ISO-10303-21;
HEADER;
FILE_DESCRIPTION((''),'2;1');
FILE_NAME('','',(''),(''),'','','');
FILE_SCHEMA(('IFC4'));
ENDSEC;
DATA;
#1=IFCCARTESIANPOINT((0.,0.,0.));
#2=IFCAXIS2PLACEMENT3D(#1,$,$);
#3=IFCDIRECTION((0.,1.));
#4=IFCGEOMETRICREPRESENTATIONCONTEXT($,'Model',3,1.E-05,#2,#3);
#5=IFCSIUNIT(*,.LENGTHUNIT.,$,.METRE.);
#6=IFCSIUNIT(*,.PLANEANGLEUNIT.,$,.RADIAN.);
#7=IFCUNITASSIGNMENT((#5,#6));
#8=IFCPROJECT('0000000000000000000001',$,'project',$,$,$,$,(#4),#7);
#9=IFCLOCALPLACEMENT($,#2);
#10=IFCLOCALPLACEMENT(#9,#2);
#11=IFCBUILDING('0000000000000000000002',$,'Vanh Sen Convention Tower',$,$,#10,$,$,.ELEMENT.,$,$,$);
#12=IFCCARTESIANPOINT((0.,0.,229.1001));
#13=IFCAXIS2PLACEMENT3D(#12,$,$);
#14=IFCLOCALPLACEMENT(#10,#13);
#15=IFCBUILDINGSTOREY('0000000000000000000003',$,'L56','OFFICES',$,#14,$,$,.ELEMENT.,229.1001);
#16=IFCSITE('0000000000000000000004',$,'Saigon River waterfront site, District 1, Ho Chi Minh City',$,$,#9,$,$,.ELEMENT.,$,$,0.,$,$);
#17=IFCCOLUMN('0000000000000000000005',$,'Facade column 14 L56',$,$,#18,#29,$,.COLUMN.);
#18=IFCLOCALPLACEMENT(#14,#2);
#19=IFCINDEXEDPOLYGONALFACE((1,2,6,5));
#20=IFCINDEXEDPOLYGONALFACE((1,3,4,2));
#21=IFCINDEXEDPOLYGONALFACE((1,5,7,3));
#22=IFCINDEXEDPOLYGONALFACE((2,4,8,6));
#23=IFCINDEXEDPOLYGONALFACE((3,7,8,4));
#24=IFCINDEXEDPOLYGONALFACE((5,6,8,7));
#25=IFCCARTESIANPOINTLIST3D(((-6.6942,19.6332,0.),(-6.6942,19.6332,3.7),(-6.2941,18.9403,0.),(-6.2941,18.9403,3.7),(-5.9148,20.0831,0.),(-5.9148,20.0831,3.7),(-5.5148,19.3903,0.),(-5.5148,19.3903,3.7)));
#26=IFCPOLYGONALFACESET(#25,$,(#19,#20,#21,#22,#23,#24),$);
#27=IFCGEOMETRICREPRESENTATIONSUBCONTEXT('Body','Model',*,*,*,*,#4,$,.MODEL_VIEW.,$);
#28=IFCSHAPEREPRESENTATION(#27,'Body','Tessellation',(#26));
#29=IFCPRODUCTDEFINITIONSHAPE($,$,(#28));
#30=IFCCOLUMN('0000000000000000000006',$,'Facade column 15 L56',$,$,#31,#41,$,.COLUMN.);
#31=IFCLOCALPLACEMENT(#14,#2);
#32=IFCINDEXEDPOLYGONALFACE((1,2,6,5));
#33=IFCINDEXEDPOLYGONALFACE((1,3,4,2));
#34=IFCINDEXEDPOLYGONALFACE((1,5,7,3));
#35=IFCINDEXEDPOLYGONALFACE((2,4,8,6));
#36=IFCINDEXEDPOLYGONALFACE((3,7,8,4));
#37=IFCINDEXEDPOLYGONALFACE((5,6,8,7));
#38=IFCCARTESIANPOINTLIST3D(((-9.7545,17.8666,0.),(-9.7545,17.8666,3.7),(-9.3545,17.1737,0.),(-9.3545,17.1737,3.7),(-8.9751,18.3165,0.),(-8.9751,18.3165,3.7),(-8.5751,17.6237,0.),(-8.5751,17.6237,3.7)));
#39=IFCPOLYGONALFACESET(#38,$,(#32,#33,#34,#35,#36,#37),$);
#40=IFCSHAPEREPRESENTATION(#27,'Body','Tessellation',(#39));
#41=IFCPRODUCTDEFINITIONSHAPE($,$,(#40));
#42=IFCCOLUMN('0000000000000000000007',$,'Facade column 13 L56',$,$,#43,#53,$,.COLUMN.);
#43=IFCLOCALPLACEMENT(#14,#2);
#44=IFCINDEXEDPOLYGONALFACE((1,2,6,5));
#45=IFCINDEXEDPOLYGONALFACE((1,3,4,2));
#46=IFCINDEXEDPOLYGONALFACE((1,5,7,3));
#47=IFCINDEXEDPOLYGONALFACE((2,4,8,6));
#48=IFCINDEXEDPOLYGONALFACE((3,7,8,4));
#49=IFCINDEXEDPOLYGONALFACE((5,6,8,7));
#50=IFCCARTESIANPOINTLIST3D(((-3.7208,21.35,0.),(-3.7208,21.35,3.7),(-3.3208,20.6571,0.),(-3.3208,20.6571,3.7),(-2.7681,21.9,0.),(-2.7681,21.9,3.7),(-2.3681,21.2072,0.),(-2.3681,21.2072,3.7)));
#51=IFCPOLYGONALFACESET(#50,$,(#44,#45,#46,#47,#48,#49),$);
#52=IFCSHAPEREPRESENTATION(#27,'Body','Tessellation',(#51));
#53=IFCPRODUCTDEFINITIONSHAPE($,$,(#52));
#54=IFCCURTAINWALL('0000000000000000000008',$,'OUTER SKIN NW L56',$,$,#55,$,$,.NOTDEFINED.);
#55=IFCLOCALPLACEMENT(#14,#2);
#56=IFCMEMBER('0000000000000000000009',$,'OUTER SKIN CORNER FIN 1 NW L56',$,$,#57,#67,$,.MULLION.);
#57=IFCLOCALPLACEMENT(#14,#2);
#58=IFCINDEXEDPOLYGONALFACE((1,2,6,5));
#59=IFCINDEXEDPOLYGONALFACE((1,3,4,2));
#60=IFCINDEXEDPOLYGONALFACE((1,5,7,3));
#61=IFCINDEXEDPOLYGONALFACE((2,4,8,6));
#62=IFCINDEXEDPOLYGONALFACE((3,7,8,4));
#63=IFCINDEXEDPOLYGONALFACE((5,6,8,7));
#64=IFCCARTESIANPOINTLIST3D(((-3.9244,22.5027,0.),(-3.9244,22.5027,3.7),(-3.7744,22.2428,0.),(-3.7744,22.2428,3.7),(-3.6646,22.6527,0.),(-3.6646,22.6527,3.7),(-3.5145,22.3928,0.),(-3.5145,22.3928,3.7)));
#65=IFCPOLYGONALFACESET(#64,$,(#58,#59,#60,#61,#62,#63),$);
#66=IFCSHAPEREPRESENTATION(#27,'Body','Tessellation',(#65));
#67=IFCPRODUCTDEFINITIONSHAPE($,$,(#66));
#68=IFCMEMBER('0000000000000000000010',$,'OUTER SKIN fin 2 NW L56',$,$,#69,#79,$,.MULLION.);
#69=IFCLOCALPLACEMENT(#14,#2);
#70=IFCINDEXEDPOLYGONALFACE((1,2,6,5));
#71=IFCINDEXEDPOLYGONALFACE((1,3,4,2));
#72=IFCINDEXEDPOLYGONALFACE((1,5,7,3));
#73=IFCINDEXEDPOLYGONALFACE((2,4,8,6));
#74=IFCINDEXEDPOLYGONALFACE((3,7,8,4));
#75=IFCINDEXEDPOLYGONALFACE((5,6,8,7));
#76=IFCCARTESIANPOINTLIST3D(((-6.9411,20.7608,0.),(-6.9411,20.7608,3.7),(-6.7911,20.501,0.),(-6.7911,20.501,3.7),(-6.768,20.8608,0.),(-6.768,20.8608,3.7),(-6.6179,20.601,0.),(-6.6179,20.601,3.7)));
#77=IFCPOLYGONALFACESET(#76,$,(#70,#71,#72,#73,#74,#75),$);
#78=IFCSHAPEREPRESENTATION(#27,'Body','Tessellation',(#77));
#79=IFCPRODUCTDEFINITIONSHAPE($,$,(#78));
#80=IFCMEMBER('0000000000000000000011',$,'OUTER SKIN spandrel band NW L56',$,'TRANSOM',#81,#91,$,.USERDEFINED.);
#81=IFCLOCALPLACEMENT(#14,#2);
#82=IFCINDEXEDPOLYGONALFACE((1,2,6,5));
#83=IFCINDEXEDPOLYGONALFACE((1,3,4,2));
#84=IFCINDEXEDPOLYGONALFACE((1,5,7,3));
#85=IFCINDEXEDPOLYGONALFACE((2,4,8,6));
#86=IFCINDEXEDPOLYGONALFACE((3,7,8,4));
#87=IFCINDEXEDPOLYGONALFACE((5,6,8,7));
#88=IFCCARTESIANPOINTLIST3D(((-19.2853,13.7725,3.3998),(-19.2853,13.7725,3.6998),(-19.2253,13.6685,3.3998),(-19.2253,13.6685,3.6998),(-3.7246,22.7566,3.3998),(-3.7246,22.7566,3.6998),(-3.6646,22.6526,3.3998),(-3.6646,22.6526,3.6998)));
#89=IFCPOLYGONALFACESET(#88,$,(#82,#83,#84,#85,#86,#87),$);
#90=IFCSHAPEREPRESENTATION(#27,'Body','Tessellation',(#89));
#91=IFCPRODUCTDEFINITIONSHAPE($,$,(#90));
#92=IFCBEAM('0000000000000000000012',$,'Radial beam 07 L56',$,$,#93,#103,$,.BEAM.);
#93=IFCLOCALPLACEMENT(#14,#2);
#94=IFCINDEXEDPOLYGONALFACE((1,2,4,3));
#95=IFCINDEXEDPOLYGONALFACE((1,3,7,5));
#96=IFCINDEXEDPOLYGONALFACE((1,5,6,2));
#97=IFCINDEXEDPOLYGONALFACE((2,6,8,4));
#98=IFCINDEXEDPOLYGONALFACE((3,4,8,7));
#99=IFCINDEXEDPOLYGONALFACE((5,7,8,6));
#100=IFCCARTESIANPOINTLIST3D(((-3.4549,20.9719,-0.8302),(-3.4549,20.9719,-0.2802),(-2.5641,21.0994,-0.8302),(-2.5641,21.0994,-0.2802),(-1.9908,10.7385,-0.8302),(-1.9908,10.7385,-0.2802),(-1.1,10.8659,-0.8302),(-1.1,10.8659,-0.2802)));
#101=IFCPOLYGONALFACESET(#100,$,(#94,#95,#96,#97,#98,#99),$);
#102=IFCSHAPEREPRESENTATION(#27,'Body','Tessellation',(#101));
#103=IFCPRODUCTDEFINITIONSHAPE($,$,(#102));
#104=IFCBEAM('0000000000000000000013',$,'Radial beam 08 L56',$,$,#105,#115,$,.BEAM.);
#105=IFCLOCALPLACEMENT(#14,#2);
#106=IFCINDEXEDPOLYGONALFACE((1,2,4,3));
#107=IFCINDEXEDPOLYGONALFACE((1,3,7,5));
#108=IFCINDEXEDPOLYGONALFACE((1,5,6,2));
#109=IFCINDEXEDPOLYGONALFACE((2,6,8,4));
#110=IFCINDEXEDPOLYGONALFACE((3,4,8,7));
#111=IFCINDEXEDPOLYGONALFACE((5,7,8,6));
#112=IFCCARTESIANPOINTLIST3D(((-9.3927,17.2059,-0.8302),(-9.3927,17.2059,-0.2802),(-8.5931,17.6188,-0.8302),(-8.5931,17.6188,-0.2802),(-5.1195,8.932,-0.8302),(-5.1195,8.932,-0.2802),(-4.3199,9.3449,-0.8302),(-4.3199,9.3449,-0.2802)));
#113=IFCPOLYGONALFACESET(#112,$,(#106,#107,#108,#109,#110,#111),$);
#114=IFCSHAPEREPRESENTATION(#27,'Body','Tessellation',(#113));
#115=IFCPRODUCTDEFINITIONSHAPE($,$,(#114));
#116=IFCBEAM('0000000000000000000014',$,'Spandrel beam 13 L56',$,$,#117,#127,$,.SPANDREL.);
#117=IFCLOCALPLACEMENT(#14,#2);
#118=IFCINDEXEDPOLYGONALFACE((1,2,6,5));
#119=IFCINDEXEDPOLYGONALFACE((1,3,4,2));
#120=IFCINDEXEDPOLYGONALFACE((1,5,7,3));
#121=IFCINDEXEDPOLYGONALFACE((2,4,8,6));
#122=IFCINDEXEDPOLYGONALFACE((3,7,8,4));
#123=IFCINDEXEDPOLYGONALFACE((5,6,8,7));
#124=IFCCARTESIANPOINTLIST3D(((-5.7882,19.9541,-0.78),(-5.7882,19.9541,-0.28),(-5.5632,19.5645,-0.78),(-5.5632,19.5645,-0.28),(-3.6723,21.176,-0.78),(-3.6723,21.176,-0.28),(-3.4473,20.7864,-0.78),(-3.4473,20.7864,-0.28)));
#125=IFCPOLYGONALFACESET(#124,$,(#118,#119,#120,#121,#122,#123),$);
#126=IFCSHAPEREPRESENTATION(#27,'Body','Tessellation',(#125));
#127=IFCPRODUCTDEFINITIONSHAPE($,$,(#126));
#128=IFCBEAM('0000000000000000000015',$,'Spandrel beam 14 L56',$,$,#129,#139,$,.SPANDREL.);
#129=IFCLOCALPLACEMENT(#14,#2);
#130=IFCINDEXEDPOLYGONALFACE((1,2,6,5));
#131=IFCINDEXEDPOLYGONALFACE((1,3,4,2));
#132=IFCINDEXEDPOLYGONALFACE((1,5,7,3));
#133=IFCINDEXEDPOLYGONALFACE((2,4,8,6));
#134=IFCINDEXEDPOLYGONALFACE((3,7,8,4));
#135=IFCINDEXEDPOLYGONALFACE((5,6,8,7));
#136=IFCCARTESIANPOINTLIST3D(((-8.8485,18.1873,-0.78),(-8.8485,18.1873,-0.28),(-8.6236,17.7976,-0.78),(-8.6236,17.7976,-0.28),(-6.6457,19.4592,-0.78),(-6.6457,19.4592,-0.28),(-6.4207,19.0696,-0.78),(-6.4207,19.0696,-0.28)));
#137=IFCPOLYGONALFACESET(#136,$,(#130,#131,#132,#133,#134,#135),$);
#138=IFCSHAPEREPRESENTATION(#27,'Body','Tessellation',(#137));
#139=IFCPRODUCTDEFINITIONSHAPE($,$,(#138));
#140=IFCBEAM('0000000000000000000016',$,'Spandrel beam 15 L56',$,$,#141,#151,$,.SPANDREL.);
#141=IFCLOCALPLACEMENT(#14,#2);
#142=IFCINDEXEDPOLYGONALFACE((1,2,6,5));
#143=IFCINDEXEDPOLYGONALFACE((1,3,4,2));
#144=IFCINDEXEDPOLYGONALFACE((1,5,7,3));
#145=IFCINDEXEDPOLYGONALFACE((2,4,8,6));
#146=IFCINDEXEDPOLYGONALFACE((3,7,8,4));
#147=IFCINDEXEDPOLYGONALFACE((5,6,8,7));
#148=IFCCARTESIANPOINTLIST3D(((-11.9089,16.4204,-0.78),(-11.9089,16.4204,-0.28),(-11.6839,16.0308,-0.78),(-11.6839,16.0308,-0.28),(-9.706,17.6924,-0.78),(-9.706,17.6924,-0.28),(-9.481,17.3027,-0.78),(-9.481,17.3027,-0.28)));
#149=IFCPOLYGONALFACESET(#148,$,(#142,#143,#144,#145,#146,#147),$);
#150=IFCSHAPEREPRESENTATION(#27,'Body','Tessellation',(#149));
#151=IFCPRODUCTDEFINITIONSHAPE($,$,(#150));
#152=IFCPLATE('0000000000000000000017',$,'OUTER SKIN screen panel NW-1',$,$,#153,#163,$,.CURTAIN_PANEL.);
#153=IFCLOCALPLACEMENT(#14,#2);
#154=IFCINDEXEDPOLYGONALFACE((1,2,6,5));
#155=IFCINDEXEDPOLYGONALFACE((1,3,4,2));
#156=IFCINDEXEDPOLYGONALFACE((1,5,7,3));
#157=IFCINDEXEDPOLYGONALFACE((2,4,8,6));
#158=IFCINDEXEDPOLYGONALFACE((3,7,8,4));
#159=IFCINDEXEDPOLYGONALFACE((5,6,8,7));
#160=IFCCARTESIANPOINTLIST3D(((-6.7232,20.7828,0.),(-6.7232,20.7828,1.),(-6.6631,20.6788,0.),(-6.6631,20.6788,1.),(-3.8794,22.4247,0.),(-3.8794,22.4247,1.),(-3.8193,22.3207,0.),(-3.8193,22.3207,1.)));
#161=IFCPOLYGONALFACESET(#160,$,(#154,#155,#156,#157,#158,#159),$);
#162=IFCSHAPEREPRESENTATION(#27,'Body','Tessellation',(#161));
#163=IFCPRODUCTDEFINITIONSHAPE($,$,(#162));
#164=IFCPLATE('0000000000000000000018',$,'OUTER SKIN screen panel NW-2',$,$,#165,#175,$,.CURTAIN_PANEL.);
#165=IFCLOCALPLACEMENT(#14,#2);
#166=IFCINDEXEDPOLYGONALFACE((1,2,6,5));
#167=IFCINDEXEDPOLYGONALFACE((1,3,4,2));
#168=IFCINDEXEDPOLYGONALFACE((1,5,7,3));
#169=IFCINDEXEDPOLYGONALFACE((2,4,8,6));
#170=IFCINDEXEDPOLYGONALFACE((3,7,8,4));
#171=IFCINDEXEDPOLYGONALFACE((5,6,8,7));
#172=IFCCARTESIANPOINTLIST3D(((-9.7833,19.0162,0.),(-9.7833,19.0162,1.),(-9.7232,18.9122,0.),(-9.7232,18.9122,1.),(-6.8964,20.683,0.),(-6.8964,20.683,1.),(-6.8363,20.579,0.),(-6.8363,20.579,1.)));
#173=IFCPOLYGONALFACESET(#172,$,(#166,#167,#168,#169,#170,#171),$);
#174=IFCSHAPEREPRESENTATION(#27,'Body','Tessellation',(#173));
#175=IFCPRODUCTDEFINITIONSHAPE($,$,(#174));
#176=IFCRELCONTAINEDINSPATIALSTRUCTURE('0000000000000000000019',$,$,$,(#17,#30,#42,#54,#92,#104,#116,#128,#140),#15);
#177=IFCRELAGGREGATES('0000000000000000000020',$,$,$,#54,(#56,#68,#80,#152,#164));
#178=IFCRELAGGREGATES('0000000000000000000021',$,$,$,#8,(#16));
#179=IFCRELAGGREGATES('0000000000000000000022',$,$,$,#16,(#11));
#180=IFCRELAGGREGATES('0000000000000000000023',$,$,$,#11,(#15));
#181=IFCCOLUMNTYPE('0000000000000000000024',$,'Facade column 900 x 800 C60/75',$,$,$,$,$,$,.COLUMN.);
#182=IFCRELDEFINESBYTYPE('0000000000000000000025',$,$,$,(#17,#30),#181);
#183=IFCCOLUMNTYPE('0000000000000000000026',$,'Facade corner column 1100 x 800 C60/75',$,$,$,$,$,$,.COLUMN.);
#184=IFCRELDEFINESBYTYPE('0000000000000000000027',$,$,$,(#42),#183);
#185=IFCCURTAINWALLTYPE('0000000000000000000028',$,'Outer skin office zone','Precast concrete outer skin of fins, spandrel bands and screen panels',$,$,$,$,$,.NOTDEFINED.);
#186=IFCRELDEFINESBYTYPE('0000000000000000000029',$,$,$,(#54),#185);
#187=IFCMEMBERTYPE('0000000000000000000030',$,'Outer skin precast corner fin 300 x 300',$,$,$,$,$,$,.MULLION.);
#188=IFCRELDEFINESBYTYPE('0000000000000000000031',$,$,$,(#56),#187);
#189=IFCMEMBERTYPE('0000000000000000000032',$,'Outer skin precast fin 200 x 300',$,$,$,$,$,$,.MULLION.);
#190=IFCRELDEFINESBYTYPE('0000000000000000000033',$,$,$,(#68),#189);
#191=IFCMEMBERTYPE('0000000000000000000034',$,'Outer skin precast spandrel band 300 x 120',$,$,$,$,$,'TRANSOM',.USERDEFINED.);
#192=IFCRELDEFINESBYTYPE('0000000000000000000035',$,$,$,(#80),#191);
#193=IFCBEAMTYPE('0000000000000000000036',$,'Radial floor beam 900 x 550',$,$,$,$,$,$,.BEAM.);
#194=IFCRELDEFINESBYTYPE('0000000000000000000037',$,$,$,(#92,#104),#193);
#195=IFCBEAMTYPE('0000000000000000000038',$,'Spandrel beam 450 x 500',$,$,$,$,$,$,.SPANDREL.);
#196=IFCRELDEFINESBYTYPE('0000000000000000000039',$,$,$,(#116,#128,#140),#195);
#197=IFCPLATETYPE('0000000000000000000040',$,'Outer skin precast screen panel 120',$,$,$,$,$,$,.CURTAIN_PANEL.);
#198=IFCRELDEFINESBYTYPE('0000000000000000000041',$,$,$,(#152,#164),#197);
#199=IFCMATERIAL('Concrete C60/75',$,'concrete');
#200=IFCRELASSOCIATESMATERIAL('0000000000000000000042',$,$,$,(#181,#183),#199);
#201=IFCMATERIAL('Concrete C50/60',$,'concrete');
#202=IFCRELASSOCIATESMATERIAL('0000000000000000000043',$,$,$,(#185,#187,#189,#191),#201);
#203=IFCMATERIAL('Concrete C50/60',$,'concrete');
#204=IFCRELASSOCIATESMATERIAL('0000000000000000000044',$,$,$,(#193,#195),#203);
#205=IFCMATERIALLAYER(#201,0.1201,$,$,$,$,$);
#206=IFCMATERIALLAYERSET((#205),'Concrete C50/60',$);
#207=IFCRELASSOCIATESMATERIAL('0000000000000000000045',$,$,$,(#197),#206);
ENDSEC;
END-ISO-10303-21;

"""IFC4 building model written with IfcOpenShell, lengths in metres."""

from ifc_helpers import new_model, si_unit, direction, frame, origin, origin_2d, place, context, subcontext, project, spatial, rectangle, extrude, material, layer, layer_set, material_profile, profile_set, type_object, element, aggregate, save


model = new_model("IFC4")

# Units and contexts
model_context = context("Model", 3, precision=1e-05, world=origin(), true_north=direction((0.0, 1.0)))
body_context = subcontext(model_context, "Body", "Model", "MODEL_VIEW")
ifc_project = project(units=[si_unit("LENGTHUNIT", "METRE"), si_unit("PLANEANGLEUNIT", "RADIAN")], contexts=[model_context])

# Site, building, storey
site_placement = place(None, origin())
site = spatial("IfcSite", under=ifc_project, at=site_placement, Name="Saigon River waterfront site, District 1, Ho Chi Minh City", CompositionType="ELEMENT", RefElevation=0.0)
building_placement = place(site_placement, origin())
building = spatial("IfcBuilding", under=site, at=building_placement, Name="Vanh Sen Convention Tower", CompositionType="ELEMENT")
storey_placement = place(building_placement, frame((0.0, 0.0, 229.1001)))
storey = spatial("IfcBuildingStorey", under=building, at=storey_placement, Name="L56", Description="OFFICES", CompositionType="ELEMENT", Elevation=229.1001)

# Columns
ifc_material_1 = material(Name="Concrete C60/75", Category="concrete")
ifc_material_profile_1 = material_profile(ifc_material_1, rectangle(XDim=0.8999, YDim=0.8, at=origin_2d()), Name="RC 900X800")
ifc_profile_set_1 = profile_set([ifc_material_profile_1], Name="Concrete C60/75")
column_type_1 = type_object("IfcColumnType", Name="Facade column 900 x 800 C60/75", PredefinedType="COLUMN", material=ifc_profile_set_1)
for number, where, z_axis, x_axis, name in (
    (1, (-6.1045, 19.5117, 0.0), (0.0, 0.0, 1.0), (-0.866025, -0.5, 0.0), "Facade column 14 L56"),
    (2, (-9.1648, 17.7451, 0.0), (0.0, 0.0, 1.0), (-0.866025, -0.5, 0.0), "Facade column 15 L56"),
):
    element("IfcColumn", number, at=place(storey_placement, frame(where, z_axis=z_axis, x_axis=x_axis)), inside=storey, type_object=column_type_1, Name=name, PredefinedType="COLUMN", context=body_context, shape_type="SweptSolid", body=[
        extrude(rectangle(XDim=0.8999, YDim=0.8, at=origin_2d()), origin(), (0.0, 0.0, 1.0), 3.7),
    ])
ifc_material_profile_2 = material_profile(ifc_material_1, rectangle(XDim=1.1001, YDim=0.8, at=origin_2d()), Name="RC 1100X800")
ifc_profile_set_2 = profile_set([ifc_material_profile_2], Name="Concrete C60/75")
column_type_2 = type_object("IfcColumnType", Name="Facade corner column 1100 x 800 C60/75", PredefinedType="COLUMN", material=ifc_profile_set_2)
column_placement = place(storey_placement, frame((-3.0444, 21.2786, 0.0), z_axis=(0.0, 0.0, 1.0), x_axis=(-0.866025, -0.5, 0.0)))
element("IfcColumn", 3, at=column_placement, inside=storey, type_object=column_type_2, Name="Facade column 13 L56", PredefinedType="COLUMN", context=body_context, shape_type="SweptSolid", body=[
    extrude(rectangle(XDim=1.1001, YDim=0.8, at=origin_2d()), origin(), (0.0, 0.0, 1.0), 3.7),
])

# Curtain wall, members
ifc_material_2 = material(Name="Concrete C50/60", Category="concrete")
curtain_wall_type = type_object("IfcCurtainWallType", Name="Outer skin office zone", Description="Precast concrete outer skin of fins, spandrel bands and screen panels", PredefinedType="NOTDEFINED", material=ifc_material_2)
curtain_wall_placement = place(storey_placement, origin())
curtain_wall = element("IfcCurtainWall", 4, at=curtain_wall_placement, inside=storey, type_object=curtain_wall_type, Name="OUTER SKIN NW L56", PredefinedType="NOTDEFINED")
ifc_material_profile_3 = material_profile(ifc_material_2, rectangle(XDim=0.3, YDim=0.3, at=origin_2d()), Name="Outer skin precast corner fin 300 x 300")
ifc_profile_set_3 = profile_set([ifc_material_profile_3], Name="Concrete C50/60")
member_type_1 = type_object("IfcMemberType", Name="Outer skin precast corner fin 300 x 300", PredefinedType="MULLION", material=ifc_profile_set_3)
member_1_placement = place(storey_placement, frame((-3.7195, 22.4478, 0.0), z_axis=(0.0, 0.0, 1.0), x_axis=(-0.866025, -0.5, 0.0)))
member_1 = element("IfcMember", 5, at=member_1_placement, type_object=member_type_1, Name="OUTER SKIN CORNER FIN 1 NW L56", PredefinedType="MULLION", context=body_context, shape_type="SweptSolid", body=[
    extrude(rectangle(XDim=0.3, YDim=0.3, at=origin_2d()), origin(), (0.0, 0.0, 1.0), 3.7),
])
ifc_material_profile_4 = material_profile(ifc_material_2, rectangle(XDim=0.2, YDim=0.3, at=origin_2d()), Name="Outer skin precast fin 200 x 300")
ifc_profile_set_4 = profile_set([ifc_material_profile_4], Name="Concrete C50/60")
member_type_2 = type_object("IfcMemberType", Name="Outer skin precast fin 200 x 300", PredefinedType="MULLION", material=ifc_profile_set_4)
member_2_placement = place(storey_placement, frame((-6.7795, 20.6809, 0.0), z_axis=(0.0, 0.0, 1.0), x_axis=(-0.866025, -0.5, 0.0)))
member_2 = element("IfcMember", 6, at=member_2_placement, type_object=member_type_2, Name="OUTER SKIN fin 2 NW L56", PredefinedType="MULLION", context=body_context, shape_type="SweptSolid", body=[
    extrude(rectangle(XDim=0.2, YDim=0.3, at=origin_2d()), origin(), (0.0, 0.0, 1.0), 3.7),
])
ifc_material_profile_5 = material_profile(ifc_material_2, rectangle(XDim=0.1201, YDim=0.3, at=origin_2d()), Name="Outer skin precast spandrel band 300 x 120")
ifc_profile_set_5 = profile_set([ifc_material_profile_5], Name="Concrete C50/60")
member_type_3 = type_object("IfcMemberType", Name="Outer skin precast spandrel band 300 x 120", ElementType="TRANSOM", PredefinedType="USERDEFINED", material=ifc_profile_set_5)
member_3_placement = place(storey_placement, frame((-3.6946, 22.7046, 3.5498), z_axis=(-0.866023, -0.500004, 0.0), x_axis=(0.500004, -0.866023, 0.0)))
member_3 = element("IfcMember", 7, at=member_3_placement, type_object=member_type_3, Name="OUTER SKIN spandrel band NW L56", ObjectType="TRANSOM", PredefinedType="USERDEFINED", context=body_context, shape_type="SweptSolid", body=[
    extrude(rectangle(XDim=0.1201, YDim=0.3, at=origin_2d()), origin(), (0.0, 0.0, 1.0), 17.968),
])

# Beams
ifc_material_3 = material(Name="Concrete C50/60", Category="concrete")
ifc_material_profile_6 = material_profile(ifc_material_3, rectangle(XDim=0.8999, YDim=0.55, at=origin_2d()), Name="RC 900X550")
ifc_profile_set_6 = profile_set([ifc_material_profile_6], Name="Concrete C50/60")
beam_type_1 = type_object("IfcBeamType", Name="Radial floor beam 900 x 550", PredefinedType="BEAM", material=ifc_profile_set_6)
beam_1_placement = place(storey_placement, frame((-3.0095, 21.0356, -0.5552), z_axis=(0.14163, -0.98992, 0.0), x_axis=(0.98992, 0.14163, 0.0)))
element("IfcBeam", 8, at=beam_1_placement, inside=storey, type_object=beam_type_1, Name="Radial beam 07 L56", PredefinedType="BEAM", context=body_context, shape_type="SweptSolid", body=[
    extrude(rectangle(XDim=0.8999, YDim=0.55, at=origin_2d()), origin(), (0.0, 0.0, 1.0), 10.3376),
])
beam_2_placement = place(storey_placement, frame((-8.9929, 17.4124, -0.5552), z_axis=(0.458879, -0.888499, 0.0), x_axis=(0.888499, 0.458879, 0.0)))
element("IfcBeam", 9, at=beam_2_placement, inside=storey, type_object=beam_type_1, Name="Radial beam 08 L56", PredefinedType="BEAM", context=body_context, shape_type="SweptSolid", body=[
    extrude(rectangle(XDim=0.8999, YDim=0.55, at=origin_2d()), origin(), (0.0, 0.0, 1.0), 9.3123),
])
ifc_material_profile_7 = material_profile(ifc_material_3, rectangle(XDim=0.45, YDim=0.5, at=origin_2d()), Name="RC 450X500")
ifc_profile_set_7 = profile_set([ifc_material_profile_7], Name="Concrete C50/60")
beam_type_2 = type_object("IfcBeamType", Name="Spandrel beam 450 x 500", PredefinedType="SPANDREL", material=ifc_profile_set_7)
beam_3_placement = place(storey_placement, frame((-3.5598, 20.9812, -0.53), z_axis=(-0.865978, -0.500083, 0.0), x_axis=(0.500083, -0.865978, 0.0)))
element("IfcBeam", 10, at=beam_3_placement, inside=storey, type_object=beam_type_2, Name="Spandrel beam 13 L56", PredefinedType="SPANDREL", context=body_context, shape_type="SweptSolid", body=[
    extrude(rectangle(XDim=0.45, YDim=0.5, at=origin_2d()), origin(), (0.0, 0.0, 1.0), 2.4434),
])
for number, where, z_axis, x_axis, name in (
    (11, (-6.5332, 19.2644, -0.53), (-0.866002, -0.500041, 0.0), (0.500041, -0.866002, 0.0), "Spandrel beam 14 L56"),
    (12, (-9.5935, 17.4976, -0.53), (-0.866002, -0.500041, 0.0), (0.500041, -0.866002, 0.0), "Spandrel beam 15 L56"),
):
    element("IfcBeam", number, at=place(storey_placement, frame(where, z_axis=z_axis, x_axis=x_axis)), inside=storey, type_object=beam_type_2, Name=name, PredefinedType="SPANDREL", context=body_context, shape_type="SweptSolid", body=[
        extrude(rectangle(XDim=0.45, YDim=0.5, at=origin_2d()), origin(), (0.0, 0.0, 1.0), 2.5437),
    ])

# Plates
ifc_layer_1 = layer(ifc_material_2, 0.1201)
ifc_layer_set_1 = layer_set([ifc_layer_1], Name="Concrete C50/60")
plate_type = type_object("IfcPlateType", Name="Outer skin precast screen panel 120", PredefinedType="CURTAIN_PANEL", material=ifc_layer_set_1)
plate_1_placement = place(storey_placement, frame((-5.2712, 21.5518, 0.0), z_axis=(0.0, 0.0, 1.0), x_axis=(-0.866026, -0.499998, 0.0)))
plate_1 = element("IfcPlate", 13, at=plate_1_placement, type_object=plate_type, Name="OUTER SKIN screen panel NW-1", PredefinedType="CURTAIN_PANEL", context=body_context, shape_type="SweptSolid", body=[
    extrude(rectangle(XDim=3.2837, YDim=0.1201, at=origin_2d()), origin(), (0.0, 0.0, 1.0), 1.0),
])
plate_2_placement = place(storey_placement, frame((-8.3098, 19.7976, 0.0), z_axis=(0.0, 0.0, 1.0), x_axis=(-0.866026, -0.499998, 0.0)))
plate_2 = element("IfcPlate", 14, at=plate_2_placement, type_object=plate_type, Name="OUTER SKIN screen panel NW-2", PredefinedType="CURTAIN_PANEL", context=body_context, shape_type="SweptSolid", body=[
    extrude(rectangle(XDim=3.3335, YDim=0.1201, at=origin_2d()), origin(), (0.0, 0.0, 1.0), 1.0),
])
aggregate(curtain_wall, [member_1, member_2, member_3, plate_1, plate_2])

save(model, "model.ifc")
